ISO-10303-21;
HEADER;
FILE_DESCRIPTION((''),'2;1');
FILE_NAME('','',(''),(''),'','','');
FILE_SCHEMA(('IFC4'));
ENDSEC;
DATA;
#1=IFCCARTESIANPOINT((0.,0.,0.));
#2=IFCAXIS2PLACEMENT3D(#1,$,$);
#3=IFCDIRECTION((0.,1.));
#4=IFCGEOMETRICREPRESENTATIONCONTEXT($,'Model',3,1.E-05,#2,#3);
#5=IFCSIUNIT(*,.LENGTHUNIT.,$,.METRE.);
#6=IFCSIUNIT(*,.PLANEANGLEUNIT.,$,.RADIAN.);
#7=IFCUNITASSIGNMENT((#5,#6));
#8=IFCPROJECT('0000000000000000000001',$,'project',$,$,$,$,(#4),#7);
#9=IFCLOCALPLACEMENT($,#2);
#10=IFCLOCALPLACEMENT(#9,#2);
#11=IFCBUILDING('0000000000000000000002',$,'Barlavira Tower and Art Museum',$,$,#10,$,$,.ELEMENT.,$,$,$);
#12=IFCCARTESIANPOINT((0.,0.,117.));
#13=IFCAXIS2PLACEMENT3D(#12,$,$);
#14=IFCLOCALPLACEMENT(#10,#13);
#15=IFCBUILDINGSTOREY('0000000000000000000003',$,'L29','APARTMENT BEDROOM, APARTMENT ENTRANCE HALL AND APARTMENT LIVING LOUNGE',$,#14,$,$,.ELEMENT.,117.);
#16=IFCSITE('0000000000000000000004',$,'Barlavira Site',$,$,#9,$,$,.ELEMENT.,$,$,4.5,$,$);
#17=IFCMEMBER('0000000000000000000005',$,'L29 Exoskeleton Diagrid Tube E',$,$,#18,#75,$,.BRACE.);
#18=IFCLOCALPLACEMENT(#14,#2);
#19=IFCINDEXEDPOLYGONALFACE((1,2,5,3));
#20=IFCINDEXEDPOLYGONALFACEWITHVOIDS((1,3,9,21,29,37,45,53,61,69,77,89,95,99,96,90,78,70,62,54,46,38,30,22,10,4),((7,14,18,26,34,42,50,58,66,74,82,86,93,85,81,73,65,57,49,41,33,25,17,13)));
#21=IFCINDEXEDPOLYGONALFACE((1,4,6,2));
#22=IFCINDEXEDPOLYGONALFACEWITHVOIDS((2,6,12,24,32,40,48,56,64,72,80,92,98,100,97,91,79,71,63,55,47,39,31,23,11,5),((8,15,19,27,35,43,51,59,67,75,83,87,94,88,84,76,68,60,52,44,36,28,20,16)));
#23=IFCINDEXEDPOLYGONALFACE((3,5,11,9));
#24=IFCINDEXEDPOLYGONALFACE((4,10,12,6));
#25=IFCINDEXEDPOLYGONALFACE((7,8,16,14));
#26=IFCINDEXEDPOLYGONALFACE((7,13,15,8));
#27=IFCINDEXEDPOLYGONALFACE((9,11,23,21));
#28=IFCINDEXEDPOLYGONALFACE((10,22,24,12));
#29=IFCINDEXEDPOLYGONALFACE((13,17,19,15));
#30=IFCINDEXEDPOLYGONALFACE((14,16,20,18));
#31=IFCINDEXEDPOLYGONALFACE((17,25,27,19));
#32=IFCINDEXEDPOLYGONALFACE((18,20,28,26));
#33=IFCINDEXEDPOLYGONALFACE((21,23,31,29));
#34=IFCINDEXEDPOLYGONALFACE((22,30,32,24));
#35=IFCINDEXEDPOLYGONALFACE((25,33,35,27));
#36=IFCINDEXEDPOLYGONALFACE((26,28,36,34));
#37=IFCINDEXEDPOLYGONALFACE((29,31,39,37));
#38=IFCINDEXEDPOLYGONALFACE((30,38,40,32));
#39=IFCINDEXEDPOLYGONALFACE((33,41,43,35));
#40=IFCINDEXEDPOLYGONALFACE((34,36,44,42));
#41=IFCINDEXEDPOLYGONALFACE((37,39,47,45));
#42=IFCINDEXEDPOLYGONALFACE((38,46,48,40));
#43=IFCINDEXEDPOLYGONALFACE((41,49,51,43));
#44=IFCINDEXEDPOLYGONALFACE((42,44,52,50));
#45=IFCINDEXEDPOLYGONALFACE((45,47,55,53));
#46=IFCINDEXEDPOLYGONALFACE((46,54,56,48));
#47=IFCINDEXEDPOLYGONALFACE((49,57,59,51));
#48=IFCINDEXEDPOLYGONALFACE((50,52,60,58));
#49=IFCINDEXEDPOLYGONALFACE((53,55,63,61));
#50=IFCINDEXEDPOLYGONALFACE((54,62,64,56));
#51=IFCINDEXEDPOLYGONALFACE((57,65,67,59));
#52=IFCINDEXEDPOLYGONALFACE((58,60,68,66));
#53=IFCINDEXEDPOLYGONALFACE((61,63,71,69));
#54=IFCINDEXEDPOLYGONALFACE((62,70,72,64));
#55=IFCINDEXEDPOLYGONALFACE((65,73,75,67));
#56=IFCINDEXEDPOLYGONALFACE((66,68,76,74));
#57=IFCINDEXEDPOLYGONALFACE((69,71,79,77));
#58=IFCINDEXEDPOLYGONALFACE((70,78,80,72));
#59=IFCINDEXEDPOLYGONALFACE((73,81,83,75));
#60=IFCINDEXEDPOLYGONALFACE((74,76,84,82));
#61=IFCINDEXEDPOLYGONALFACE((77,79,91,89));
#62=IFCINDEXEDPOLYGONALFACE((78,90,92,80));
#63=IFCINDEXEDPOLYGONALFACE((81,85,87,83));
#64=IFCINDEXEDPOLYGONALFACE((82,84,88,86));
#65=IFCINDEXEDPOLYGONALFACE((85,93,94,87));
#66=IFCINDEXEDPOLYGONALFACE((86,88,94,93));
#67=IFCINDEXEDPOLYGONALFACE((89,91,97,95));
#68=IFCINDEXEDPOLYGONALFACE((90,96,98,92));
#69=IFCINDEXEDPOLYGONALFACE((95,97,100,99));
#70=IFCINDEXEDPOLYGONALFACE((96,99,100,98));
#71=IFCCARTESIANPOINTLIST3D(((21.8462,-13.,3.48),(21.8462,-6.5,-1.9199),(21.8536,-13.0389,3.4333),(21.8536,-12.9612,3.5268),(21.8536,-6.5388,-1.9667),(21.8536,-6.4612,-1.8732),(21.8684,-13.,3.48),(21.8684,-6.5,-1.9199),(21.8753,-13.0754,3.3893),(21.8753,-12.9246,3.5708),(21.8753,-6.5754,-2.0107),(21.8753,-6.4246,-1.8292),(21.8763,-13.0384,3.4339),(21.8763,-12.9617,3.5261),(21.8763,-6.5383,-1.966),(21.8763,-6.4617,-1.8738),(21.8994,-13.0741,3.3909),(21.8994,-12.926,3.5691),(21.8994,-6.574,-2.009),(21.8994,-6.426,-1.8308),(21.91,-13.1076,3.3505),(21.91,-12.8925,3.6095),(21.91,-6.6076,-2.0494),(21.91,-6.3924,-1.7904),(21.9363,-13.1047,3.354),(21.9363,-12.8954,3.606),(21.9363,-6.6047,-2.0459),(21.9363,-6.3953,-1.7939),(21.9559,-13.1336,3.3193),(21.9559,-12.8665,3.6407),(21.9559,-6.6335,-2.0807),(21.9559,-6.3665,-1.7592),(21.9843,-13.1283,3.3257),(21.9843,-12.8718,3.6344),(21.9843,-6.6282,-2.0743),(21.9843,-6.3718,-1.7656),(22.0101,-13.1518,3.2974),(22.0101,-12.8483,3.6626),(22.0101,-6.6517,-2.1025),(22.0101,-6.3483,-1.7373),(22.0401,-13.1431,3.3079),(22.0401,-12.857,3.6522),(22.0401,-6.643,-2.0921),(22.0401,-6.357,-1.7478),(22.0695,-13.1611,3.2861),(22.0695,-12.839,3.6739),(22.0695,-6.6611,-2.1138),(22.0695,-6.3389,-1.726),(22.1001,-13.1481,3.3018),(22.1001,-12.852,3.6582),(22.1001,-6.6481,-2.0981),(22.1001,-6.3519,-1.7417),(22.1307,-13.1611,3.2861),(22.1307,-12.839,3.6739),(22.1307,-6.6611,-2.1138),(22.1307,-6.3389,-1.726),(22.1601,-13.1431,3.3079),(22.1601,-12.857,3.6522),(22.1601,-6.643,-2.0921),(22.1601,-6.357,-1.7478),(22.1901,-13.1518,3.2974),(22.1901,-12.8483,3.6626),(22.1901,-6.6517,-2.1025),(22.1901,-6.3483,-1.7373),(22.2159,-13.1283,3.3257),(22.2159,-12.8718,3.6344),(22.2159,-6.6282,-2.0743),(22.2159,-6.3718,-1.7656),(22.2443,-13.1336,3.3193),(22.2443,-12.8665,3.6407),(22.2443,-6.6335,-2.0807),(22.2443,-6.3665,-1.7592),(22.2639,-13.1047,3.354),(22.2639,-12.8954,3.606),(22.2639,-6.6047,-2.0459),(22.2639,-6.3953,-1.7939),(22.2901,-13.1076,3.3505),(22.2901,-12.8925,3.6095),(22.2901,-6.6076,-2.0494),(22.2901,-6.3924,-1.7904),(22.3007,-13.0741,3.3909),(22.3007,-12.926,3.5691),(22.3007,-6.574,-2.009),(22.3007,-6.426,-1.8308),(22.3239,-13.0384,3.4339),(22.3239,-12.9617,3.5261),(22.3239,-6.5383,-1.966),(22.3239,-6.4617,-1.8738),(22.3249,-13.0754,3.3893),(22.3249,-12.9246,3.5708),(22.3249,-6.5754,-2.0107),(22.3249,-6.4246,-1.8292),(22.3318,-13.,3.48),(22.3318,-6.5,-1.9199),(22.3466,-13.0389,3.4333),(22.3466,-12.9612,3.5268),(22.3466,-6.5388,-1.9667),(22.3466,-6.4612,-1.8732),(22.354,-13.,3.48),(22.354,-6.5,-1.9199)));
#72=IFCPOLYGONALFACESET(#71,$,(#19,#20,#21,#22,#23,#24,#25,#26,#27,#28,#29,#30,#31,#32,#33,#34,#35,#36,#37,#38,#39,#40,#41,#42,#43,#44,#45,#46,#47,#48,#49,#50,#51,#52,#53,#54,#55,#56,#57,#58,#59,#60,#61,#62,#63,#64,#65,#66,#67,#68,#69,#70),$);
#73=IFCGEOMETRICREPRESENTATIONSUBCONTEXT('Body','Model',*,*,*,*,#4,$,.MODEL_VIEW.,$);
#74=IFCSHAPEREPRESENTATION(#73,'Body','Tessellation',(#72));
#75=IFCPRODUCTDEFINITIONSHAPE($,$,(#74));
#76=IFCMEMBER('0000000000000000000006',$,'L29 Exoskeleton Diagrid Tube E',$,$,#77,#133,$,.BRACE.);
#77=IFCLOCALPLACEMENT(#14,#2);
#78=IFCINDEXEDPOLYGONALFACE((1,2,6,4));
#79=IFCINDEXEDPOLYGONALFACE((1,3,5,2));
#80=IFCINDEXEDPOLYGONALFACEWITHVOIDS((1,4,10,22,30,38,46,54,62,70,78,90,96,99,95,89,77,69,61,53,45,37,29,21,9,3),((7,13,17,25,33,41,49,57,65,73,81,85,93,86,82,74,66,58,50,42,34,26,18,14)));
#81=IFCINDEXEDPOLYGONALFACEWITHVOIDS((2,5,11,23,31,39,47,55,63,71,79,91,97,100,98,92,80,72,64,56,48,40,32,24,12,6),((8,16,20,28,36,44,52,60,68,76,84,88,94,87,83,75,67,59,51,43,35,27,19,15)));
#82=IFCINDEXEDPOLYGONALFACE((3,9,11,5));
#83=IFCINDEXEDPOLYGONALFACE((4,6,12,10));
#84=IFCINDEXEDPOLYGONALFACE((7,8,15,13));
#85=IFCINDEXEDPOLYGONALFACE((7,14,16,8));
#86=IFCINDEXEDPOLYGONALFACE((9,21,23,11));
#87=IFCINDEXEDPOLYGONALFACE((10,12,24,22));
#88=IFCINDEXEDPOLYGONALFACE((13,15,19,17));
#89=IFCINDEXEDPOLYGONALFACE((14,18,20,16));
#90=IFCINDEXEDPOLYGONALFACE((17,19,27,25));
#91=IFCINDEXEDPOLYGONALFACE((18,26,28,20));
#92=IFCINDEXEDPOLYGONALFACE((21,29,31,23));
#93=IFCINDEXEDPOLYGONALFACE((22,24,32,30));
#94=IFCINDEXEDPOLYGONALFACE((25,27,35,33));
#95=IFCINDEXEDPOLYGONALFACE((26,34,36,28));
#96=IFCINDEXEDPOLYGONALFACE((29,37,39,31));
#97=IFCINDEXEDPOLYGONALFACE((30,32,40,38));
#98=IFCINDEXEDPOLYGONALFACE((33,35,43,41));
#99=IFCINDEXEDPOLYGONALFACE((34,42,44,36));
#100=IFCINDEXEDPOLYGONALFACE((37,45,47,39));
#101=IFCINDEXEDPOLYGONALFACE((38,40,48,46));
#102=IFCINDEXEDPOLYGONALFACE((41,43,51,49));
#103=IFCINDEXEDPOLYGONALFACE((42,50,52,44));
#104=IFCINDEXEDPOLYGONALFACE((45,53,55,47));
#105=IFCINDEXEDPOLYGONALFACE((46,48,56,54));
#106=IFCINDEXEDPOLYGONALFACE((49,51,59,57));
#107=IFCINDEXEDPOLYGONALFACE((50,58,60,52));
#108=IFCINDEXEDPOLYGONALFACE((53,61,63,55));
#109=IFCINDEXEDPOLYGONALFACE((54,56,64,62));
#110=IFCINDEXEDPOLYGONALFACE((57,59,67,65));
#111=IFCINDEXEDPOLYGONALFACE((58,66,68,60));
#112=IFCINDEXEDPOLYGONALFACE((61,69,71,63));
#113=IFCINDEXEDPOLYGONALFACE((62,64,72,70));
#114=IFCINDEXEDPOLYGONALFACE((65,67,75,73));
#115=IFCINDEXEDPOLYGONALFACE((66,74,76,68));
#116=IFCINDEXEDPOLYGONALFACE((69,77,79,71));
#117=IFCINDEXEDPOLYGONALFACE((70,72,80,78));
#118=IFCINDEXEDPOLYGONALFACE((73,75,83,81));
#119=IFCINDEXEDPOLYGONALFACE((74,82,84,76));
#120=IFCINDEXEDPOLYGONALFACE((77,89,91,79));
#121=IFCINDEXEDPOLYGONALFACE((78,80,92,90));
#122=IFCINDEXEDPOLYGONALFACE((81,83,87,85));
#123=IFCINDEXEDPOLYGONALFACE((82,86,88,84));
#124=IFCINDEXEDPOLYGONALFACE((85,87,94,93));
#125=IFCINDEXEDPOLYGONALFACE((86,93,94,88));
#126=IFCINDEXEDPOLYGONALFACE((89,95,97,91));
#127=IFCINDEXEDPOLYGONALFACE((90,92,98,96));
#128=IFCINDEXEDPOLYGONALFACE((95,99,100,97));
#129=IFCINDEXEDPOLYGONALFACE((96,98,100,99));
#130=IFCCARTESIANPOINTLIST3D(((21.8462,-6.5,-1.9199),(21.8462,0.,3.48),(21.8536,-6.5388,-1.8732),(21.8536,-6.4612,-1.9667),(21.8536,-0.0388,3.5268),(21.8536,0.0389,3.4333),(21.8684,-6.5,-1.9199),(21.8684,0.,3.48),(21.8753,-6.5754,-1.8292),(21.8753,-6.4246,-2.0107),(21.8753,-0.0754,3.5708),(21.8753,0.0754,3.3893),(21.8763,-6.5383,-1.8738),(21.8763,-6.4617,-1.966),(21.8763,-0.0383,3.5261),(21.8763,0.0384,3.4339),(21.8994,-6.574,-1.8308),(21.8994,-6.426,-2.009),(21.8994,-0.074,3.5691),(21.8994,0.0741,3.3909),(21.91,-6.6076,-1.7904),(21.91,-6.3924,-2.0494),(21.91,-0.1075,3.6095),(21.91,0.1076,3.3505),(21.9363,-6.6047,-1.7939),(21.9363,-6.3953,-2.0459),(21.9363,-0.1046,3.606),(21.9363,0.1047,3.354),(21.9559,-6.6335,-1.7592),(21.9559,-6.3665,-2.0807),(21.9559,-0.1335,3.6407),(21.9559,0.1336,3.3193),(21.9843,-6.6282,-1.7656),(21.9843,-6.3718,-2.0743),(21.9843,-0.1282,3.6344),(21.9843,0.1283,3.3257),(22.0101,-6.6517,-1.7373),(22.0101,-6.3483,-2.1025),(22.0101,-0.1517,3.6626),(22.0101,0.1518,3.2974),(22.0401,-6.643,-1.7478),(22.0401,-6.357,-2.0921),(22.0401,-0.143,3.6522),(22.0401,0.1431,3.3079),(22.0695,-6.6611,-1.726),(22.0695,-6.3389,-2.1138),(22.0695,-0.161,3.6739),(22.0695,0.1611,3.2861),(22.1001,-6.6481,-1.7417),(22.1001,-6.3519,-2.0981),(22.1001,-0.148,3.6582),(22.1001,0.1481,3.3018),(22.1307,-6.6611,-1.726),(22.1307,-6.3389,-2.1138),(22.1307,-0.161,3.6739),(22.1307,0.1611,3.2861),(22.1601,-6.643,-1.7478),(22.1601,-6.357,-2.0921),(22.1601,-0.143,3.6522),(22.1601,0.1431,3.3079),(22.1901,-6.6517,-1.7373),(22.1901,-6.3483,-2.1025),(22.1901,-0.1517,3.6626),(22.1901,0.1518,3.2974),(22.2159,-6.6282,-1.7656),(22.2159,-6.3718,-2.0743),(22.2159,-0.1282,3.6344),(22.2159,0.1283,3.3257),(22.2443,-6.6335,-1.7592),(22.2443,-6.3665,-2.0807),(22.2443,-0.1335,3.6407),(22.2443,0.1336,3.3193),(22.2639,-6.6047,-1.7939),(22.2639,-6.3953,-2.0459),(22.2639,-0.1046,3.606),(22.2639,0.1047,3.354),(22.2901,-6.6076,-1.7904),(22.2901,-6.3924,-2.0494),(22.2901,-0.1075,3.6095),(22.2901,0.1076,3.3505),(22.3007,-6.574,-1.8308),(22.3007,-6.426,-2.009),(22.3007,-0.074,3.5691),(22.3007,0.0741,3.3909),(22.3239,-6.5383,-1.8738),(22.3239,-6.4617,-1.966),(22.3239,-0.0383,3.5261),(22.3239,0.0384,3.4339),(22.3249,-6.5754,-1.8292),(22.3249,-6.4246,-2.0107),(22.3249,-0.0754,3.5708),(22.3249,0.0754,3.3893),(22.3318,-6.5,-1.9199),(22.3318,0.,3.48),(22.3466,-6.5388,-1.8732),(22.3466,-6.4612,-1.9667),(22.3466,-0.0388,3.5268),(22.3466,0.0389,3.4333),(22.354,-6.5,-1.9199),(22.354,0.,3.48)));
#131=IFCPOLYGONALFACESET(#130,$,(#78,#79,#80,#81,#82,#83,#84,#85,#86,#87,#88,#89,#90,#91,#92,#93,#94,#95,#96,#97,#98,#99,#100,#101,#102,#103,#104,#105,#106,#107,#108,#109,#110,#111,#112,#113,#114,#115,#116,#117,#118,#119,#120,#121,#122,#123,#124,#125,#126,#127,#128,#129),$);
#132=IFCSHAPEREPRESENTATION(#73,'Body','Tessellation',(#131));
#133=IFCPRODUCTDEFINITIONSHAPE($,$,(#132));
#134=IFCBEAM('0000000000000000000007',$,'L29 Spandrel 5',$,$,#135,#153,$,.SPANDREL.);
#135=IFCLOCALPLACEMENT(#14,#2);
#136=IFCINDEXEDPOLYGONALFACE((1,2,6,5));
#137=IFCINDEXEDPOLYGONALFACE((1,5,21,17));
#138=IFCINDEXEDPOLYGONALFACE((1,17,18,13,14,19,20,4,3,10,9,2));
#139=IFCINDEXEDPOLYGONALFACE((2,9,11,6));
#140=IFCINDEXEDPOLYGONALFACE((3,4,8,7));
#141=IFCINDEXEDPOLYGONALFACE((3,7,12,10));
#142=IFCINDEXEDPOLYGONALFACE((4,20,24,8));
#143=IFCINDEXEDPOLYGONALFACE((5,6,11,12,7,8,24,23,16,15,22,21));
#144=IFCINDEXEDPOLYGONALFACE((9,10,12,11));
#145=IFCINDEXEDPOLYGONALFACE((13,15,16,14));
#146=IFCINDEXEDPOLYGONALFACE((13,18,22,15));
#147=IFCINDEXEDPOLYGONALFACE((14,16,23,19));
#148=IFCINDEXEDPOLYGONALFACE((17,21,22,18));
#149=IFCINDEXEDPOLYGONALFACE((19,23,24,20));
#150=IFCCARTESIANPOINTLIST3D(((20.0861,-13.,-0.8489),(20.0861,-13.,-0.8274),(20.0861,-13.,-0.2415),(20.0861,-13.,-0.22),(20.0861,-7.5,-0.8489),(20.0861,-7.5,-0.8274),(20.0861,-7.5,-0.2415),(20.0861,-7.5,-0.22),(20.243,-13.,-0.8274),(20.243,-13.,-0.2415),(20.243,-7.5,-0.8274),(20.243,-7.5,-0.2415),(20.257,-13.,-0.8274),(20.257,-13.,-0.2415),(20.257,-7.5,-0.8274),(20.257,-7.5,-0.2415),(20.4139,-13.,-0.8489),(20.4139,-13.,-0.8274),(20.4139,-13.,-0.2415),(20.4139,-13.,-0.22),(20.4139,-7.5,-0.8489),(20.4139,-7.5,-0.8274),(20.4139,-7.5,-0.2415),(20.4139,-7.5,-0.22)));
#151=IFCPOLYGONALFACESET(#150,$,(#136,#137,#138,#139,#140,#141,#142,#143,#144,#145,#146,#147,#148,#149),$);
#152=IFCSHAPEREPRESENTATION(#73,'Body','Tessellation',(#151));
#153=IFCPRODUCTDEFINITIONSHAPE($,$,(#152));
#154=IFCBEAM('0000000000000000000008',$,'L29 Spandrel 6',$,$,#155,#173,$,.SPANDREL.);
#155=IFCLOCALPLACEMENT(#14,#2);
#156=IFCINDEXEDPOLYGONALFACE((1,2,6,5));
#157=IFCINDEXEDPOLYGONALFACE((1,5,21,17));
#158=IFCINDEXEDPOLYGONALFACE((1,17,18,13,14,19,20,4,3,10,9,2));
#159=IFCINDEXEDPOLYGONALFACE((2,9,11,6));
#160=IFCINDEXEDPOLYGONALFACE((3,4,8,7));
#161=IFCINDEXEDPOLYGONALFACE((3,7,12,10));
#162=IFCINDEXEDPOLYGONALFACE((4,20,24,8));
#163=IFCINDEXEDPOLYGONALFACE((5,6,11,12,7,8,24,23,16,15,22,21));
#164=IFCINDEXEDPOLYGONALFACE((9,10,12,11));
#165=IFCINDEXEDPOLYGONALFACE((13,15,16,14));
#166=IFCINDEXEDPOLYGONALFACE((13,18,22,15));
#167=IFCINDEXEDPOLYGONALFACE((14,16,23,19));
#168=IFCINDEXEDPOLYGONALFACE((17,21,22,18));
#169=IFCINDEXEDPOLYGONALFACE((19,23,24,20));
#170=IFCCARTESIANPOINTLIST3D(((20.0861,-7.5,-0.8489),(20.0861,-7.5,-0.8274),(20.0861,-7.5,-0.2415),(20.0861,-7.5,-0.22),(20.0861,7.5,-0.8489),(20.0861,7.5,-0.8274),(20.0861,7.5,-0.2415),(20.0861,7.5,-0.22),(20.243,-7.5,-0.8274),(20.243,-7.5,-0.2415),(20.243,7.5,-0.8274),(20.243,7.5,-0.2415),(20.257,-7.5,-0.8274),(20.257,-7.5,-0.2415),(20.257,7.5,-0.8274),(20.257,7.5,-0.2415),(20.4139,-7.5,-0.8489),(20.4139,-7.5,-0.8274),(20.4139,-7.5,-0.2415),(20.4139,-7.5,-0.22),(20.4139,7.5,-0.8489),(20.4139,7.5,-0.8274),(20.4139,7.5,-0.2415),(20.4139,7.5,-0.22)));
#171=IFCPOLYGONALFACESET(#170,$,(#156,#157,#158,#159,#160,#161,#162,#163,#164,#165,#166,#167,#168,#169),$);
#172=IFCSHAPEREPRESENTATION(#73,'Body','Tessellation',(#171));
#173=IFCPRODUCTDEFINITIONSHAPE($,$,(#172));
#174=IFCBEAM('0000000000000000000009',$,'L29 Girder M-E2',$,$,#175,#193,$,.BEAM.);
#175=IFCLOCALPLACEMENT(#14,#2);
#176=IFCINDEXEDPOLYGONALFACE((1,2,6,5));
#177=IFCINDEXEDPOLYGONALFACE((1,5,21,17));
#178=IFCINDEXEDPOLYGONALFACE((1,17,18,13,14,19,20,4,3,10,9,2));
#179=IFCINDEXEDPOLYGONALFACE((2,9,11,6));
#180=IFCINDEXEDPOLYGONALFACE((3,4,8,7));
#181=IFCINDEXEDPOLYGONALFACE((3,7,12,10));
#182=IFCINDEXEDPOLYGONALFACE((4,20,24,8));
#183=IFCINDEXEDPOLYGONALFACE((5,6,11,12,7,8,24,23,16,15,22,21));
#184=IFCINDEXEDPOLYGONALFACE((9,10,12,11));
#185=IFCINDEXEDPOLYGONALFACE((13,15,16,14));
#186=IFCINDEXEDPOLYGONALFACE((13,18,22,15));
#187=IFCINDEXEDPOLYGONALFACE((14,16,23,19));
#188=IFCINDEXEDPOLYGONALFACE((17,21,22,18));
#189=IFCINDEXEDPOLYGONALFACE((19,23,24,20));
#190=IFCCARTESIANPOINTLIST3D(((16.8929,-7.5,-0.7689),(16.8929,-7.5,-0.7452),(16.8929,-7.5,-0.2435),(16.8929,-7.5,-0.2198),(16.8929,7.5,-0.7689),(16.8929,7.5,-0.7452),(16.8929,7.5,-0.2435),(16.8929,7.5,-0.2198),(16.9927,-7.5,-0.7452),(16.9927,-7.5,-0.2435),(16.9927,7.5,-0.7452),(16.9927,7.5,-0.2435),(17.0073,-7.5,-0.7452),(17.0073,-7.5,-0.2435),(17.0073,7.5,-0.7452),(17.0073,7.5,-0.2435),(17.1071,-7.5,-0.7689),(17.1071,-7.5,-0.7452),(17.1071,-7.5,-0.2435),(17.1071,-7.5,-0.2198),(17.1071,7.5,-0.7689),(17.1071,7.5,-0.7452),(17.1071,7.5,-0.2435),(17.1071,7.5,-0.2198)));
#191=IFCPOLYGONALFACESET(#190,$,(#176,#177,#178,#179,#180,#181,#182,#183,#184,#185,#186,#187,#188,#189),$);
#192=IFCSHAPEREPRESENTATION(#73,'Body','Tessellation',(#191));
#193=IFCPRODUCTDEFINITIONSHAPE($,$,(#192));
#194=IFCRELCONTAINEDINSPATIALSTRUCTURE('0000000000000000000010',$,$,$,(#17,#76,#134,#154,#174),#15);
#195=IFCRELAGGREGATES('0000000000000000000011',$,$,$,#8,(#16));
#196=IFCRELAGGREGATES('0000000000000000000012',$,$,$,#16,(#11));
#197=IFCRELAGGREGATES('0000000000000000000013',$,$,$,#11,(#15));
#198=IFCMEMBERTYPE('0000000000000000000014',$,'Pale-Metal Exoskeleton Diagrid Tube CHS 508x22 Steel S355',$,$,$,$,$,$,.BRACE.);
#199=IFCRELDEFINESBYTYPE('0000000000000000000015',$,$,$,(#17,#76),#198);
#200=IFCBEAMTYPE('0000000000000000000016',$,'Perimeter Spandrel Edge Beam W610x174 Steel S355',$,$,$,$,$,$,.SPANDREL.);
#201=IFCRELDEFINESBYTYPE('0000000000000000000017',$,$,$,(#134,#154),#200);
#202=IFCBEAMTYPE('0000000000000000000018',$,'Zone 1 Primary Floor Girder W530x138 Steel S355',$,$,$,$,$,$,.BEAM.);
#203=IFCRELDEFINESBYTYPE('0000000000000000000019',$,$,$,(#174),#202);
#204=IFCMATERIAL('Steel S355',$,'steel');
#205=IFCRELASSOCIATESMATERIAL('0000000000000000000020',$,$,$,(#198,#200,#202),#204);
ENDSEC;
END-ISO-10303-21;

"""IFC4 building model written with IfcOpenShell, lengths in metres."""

from ifc_helpers import new_model, si_unit, direction, frame, origin, origin_2d, place, context, subcontext, project, spatial, hollow_circle, i_section, extrude, material, material_profile, profile_set, type_object, element, save


model = new_model("IFC4")

# Units and contexts
model_context = context("Model", 3, precision=1e-05, world=origin(), true_north=direction((0.0, 1.0)))
body_context = subcontext(model_context, "Body", "Model", "MODEL_VIEW")
ifc_project = project(units=[si_unit("LENGTHUNIT", "METRE"), si_unit("PLANEANGLEUNIT", "RADIAN")], contexts=[model_context])

# Site, building, storey
site_placement = place(None, origin())
site = spatial("IfcSite", under=ifc_project, at=site_placement, Name="Barlavira Site", CompositionType="ELEMENT", RefElevation=4.5)
building_placement = place(site_placement, origin())
building = spatial("IfcBuilding", under=site, at=building_placement, Name="Barlavira Tower and Art Museum", CompositionType="ELEMENT")
storey_placement = place(building_placement, frame((0.0, 0.0, 117.0)))
storey = spatial("IfcBuildingStorey", under=building, at=storey_placement, Name="L29", Description="APARTMENT BEDROOM, APARTMENT ENTRANCE HALL AND APARTMENT LIVING LOUNGE", CompositionType="ELEMENT", Elevation=117.0)

# Members
ifc_material_1 = material(Name="Steel S355", Category="steel")
ifc_material_profile_1 = material_profile(ifc_material_1, hollow_circle(Radius=0.2539, WallThickness=0.0222, at=origin_2d()), Name="CHS 508.0x22.2")
ifc_profile_set_1 = profile_set([ifc_material_profile_1], Name="Steel S355")
member_type_1 = type_object("IfcMemberType", Name="Pale-Metal Exoskeleton Diagrid Tube CHS 508x22 Steel S355", PredefinedType="BRACE", material=ifc_profile_set_1)
for number, where, z_axis, x_axis, name in (
    (1, (22.1001, -6.5, -1.9199), (0.0, -0.769196, 0.639013), (1.0, 0.0, 0.0), "L29 Exoskeleton Diagrid Tube E"),
    (2, (22.1001, -6.5, -1.9199), (0.0, 0.769196, 0.639013), (-1.0, 0.0, 0.0), "L29 Exoskeleton Diagrid Tube E"),
):
    element("IfcMember", number, at=place(storey_placement, frame(where, z_axis=z_axis, x_axis=x_axis)), inside=storey, type_object=member_type_1, Name=name, PredefinedType="BRACE", context=body_context, shape_type="SweptSolid", body=[
        extrude(hollow_circle(Radius=0.2539, WallThickness=0.0222, at=origin_2d()), origin(), (0.0, 0.0, 1.0), 8.4504),
    ])

# Beams
ifc_material_profile_2 = material_profile(ifc_material_1, i_section(OverallWidth=0.3279, OverallDepth=0.6289, WebThickness=0.0139, FlangeThickness=0.0215, at=origin_2d()), Name="W610x174.0")
ifc_profile_set_2 = profile_set([ifc_material_profile_2], Name="Steel S355")
beam_type_1 = type_object("IfcBeamType", Name="Perimeter Spandrel Edge Beam W610x174 Steel S355", PredefinedType="SPANDREL", material=ifc_profile_set_2)
beam_1_placement = place(storey_placement, frame((20.25, -13.0, -0.5344), z_axis=(0.0, 1.0, 0.0), x_axis=(-1.0, 0.0, 0.0)))
element("IfcBeam", 3, at=beam_1_placement, inside=storey, type_object=beam_type_1, Name="L29 Spandrel 5", PredefinedType="SPANDREL", context=body_context, shape_type="SweptSolid", body=[
    extrude(i_section(OverallWidth=0.3279, OverallDepth=0.6289, WebThickness=0.0139, FlangeThickness=0.0215, at=origin_2d()), origin(), (0.0, 0.0, 1.0), 5.5),
])
beam_2_placement = place(storey_placement, frame((20.25, -7.5, -0.5344), z_axis=(0.0, 1.0, 0.0), x_axis=(-1.0, 0.0, 0.0)))
element("IfcBeam", 4, at=beam_2_placement, inside=storey, type_object=beam_type_1, Name="L29 Spandrel 6", PredefinedType="SPANDREL", context=body_context, shape_type="SweptSolid", body=[
    extrude(i_section(OverallWidth=0.3279, OverallDepth=0.6289, WebThickness=0.0139, FlangeThickness=0.0215, at=origin_2d()), origin(), (0.0, 0.0, 1.0), 15.0),
])
ifc_material_profile_3 = material_profile(ifc_material_1, i_section(OverallWidth=0.2141, OverallDepth=0.5491, WebThickness=0.0146, FlangeThickness=0.0237, at=origin_2d()), Name="W530x138.0")
ifc_profile_set_3 = profile_set([ifc_material_profile_3], Name="Steel S355")
beam_type_2 = type_object("IfcBeamType", Name="Zone 1 Primary Floor Girder W530x138 Steel S355", PredefinedType="BEAM", material=ifc_profile_set_3)
beam_3_placement = place(storey_placement, frame((17.0, -7.5, -0.4944), z_axis=(0.0, 1.0, 0.0), x_axis=(-1.0, 0.0, 0.0)))
element("IfcBeam", 5, at=beam_3_placement, inside=storey, type_object=beam_type_2, Name="L29 Girder M-E2", PredefinedType="BEAM", context=body_context, shape_type="SweptSolid", body=[
    extrude(i_section(OverallWidth=0.2141, OverallDepth=0.5491, WebThickness=0.0146, FlangeThickness=0.0237, at=origin_2d()), origin(), (0.0, 0.0, 1.0), 15.0),
])

save(model, "model.ifc")
